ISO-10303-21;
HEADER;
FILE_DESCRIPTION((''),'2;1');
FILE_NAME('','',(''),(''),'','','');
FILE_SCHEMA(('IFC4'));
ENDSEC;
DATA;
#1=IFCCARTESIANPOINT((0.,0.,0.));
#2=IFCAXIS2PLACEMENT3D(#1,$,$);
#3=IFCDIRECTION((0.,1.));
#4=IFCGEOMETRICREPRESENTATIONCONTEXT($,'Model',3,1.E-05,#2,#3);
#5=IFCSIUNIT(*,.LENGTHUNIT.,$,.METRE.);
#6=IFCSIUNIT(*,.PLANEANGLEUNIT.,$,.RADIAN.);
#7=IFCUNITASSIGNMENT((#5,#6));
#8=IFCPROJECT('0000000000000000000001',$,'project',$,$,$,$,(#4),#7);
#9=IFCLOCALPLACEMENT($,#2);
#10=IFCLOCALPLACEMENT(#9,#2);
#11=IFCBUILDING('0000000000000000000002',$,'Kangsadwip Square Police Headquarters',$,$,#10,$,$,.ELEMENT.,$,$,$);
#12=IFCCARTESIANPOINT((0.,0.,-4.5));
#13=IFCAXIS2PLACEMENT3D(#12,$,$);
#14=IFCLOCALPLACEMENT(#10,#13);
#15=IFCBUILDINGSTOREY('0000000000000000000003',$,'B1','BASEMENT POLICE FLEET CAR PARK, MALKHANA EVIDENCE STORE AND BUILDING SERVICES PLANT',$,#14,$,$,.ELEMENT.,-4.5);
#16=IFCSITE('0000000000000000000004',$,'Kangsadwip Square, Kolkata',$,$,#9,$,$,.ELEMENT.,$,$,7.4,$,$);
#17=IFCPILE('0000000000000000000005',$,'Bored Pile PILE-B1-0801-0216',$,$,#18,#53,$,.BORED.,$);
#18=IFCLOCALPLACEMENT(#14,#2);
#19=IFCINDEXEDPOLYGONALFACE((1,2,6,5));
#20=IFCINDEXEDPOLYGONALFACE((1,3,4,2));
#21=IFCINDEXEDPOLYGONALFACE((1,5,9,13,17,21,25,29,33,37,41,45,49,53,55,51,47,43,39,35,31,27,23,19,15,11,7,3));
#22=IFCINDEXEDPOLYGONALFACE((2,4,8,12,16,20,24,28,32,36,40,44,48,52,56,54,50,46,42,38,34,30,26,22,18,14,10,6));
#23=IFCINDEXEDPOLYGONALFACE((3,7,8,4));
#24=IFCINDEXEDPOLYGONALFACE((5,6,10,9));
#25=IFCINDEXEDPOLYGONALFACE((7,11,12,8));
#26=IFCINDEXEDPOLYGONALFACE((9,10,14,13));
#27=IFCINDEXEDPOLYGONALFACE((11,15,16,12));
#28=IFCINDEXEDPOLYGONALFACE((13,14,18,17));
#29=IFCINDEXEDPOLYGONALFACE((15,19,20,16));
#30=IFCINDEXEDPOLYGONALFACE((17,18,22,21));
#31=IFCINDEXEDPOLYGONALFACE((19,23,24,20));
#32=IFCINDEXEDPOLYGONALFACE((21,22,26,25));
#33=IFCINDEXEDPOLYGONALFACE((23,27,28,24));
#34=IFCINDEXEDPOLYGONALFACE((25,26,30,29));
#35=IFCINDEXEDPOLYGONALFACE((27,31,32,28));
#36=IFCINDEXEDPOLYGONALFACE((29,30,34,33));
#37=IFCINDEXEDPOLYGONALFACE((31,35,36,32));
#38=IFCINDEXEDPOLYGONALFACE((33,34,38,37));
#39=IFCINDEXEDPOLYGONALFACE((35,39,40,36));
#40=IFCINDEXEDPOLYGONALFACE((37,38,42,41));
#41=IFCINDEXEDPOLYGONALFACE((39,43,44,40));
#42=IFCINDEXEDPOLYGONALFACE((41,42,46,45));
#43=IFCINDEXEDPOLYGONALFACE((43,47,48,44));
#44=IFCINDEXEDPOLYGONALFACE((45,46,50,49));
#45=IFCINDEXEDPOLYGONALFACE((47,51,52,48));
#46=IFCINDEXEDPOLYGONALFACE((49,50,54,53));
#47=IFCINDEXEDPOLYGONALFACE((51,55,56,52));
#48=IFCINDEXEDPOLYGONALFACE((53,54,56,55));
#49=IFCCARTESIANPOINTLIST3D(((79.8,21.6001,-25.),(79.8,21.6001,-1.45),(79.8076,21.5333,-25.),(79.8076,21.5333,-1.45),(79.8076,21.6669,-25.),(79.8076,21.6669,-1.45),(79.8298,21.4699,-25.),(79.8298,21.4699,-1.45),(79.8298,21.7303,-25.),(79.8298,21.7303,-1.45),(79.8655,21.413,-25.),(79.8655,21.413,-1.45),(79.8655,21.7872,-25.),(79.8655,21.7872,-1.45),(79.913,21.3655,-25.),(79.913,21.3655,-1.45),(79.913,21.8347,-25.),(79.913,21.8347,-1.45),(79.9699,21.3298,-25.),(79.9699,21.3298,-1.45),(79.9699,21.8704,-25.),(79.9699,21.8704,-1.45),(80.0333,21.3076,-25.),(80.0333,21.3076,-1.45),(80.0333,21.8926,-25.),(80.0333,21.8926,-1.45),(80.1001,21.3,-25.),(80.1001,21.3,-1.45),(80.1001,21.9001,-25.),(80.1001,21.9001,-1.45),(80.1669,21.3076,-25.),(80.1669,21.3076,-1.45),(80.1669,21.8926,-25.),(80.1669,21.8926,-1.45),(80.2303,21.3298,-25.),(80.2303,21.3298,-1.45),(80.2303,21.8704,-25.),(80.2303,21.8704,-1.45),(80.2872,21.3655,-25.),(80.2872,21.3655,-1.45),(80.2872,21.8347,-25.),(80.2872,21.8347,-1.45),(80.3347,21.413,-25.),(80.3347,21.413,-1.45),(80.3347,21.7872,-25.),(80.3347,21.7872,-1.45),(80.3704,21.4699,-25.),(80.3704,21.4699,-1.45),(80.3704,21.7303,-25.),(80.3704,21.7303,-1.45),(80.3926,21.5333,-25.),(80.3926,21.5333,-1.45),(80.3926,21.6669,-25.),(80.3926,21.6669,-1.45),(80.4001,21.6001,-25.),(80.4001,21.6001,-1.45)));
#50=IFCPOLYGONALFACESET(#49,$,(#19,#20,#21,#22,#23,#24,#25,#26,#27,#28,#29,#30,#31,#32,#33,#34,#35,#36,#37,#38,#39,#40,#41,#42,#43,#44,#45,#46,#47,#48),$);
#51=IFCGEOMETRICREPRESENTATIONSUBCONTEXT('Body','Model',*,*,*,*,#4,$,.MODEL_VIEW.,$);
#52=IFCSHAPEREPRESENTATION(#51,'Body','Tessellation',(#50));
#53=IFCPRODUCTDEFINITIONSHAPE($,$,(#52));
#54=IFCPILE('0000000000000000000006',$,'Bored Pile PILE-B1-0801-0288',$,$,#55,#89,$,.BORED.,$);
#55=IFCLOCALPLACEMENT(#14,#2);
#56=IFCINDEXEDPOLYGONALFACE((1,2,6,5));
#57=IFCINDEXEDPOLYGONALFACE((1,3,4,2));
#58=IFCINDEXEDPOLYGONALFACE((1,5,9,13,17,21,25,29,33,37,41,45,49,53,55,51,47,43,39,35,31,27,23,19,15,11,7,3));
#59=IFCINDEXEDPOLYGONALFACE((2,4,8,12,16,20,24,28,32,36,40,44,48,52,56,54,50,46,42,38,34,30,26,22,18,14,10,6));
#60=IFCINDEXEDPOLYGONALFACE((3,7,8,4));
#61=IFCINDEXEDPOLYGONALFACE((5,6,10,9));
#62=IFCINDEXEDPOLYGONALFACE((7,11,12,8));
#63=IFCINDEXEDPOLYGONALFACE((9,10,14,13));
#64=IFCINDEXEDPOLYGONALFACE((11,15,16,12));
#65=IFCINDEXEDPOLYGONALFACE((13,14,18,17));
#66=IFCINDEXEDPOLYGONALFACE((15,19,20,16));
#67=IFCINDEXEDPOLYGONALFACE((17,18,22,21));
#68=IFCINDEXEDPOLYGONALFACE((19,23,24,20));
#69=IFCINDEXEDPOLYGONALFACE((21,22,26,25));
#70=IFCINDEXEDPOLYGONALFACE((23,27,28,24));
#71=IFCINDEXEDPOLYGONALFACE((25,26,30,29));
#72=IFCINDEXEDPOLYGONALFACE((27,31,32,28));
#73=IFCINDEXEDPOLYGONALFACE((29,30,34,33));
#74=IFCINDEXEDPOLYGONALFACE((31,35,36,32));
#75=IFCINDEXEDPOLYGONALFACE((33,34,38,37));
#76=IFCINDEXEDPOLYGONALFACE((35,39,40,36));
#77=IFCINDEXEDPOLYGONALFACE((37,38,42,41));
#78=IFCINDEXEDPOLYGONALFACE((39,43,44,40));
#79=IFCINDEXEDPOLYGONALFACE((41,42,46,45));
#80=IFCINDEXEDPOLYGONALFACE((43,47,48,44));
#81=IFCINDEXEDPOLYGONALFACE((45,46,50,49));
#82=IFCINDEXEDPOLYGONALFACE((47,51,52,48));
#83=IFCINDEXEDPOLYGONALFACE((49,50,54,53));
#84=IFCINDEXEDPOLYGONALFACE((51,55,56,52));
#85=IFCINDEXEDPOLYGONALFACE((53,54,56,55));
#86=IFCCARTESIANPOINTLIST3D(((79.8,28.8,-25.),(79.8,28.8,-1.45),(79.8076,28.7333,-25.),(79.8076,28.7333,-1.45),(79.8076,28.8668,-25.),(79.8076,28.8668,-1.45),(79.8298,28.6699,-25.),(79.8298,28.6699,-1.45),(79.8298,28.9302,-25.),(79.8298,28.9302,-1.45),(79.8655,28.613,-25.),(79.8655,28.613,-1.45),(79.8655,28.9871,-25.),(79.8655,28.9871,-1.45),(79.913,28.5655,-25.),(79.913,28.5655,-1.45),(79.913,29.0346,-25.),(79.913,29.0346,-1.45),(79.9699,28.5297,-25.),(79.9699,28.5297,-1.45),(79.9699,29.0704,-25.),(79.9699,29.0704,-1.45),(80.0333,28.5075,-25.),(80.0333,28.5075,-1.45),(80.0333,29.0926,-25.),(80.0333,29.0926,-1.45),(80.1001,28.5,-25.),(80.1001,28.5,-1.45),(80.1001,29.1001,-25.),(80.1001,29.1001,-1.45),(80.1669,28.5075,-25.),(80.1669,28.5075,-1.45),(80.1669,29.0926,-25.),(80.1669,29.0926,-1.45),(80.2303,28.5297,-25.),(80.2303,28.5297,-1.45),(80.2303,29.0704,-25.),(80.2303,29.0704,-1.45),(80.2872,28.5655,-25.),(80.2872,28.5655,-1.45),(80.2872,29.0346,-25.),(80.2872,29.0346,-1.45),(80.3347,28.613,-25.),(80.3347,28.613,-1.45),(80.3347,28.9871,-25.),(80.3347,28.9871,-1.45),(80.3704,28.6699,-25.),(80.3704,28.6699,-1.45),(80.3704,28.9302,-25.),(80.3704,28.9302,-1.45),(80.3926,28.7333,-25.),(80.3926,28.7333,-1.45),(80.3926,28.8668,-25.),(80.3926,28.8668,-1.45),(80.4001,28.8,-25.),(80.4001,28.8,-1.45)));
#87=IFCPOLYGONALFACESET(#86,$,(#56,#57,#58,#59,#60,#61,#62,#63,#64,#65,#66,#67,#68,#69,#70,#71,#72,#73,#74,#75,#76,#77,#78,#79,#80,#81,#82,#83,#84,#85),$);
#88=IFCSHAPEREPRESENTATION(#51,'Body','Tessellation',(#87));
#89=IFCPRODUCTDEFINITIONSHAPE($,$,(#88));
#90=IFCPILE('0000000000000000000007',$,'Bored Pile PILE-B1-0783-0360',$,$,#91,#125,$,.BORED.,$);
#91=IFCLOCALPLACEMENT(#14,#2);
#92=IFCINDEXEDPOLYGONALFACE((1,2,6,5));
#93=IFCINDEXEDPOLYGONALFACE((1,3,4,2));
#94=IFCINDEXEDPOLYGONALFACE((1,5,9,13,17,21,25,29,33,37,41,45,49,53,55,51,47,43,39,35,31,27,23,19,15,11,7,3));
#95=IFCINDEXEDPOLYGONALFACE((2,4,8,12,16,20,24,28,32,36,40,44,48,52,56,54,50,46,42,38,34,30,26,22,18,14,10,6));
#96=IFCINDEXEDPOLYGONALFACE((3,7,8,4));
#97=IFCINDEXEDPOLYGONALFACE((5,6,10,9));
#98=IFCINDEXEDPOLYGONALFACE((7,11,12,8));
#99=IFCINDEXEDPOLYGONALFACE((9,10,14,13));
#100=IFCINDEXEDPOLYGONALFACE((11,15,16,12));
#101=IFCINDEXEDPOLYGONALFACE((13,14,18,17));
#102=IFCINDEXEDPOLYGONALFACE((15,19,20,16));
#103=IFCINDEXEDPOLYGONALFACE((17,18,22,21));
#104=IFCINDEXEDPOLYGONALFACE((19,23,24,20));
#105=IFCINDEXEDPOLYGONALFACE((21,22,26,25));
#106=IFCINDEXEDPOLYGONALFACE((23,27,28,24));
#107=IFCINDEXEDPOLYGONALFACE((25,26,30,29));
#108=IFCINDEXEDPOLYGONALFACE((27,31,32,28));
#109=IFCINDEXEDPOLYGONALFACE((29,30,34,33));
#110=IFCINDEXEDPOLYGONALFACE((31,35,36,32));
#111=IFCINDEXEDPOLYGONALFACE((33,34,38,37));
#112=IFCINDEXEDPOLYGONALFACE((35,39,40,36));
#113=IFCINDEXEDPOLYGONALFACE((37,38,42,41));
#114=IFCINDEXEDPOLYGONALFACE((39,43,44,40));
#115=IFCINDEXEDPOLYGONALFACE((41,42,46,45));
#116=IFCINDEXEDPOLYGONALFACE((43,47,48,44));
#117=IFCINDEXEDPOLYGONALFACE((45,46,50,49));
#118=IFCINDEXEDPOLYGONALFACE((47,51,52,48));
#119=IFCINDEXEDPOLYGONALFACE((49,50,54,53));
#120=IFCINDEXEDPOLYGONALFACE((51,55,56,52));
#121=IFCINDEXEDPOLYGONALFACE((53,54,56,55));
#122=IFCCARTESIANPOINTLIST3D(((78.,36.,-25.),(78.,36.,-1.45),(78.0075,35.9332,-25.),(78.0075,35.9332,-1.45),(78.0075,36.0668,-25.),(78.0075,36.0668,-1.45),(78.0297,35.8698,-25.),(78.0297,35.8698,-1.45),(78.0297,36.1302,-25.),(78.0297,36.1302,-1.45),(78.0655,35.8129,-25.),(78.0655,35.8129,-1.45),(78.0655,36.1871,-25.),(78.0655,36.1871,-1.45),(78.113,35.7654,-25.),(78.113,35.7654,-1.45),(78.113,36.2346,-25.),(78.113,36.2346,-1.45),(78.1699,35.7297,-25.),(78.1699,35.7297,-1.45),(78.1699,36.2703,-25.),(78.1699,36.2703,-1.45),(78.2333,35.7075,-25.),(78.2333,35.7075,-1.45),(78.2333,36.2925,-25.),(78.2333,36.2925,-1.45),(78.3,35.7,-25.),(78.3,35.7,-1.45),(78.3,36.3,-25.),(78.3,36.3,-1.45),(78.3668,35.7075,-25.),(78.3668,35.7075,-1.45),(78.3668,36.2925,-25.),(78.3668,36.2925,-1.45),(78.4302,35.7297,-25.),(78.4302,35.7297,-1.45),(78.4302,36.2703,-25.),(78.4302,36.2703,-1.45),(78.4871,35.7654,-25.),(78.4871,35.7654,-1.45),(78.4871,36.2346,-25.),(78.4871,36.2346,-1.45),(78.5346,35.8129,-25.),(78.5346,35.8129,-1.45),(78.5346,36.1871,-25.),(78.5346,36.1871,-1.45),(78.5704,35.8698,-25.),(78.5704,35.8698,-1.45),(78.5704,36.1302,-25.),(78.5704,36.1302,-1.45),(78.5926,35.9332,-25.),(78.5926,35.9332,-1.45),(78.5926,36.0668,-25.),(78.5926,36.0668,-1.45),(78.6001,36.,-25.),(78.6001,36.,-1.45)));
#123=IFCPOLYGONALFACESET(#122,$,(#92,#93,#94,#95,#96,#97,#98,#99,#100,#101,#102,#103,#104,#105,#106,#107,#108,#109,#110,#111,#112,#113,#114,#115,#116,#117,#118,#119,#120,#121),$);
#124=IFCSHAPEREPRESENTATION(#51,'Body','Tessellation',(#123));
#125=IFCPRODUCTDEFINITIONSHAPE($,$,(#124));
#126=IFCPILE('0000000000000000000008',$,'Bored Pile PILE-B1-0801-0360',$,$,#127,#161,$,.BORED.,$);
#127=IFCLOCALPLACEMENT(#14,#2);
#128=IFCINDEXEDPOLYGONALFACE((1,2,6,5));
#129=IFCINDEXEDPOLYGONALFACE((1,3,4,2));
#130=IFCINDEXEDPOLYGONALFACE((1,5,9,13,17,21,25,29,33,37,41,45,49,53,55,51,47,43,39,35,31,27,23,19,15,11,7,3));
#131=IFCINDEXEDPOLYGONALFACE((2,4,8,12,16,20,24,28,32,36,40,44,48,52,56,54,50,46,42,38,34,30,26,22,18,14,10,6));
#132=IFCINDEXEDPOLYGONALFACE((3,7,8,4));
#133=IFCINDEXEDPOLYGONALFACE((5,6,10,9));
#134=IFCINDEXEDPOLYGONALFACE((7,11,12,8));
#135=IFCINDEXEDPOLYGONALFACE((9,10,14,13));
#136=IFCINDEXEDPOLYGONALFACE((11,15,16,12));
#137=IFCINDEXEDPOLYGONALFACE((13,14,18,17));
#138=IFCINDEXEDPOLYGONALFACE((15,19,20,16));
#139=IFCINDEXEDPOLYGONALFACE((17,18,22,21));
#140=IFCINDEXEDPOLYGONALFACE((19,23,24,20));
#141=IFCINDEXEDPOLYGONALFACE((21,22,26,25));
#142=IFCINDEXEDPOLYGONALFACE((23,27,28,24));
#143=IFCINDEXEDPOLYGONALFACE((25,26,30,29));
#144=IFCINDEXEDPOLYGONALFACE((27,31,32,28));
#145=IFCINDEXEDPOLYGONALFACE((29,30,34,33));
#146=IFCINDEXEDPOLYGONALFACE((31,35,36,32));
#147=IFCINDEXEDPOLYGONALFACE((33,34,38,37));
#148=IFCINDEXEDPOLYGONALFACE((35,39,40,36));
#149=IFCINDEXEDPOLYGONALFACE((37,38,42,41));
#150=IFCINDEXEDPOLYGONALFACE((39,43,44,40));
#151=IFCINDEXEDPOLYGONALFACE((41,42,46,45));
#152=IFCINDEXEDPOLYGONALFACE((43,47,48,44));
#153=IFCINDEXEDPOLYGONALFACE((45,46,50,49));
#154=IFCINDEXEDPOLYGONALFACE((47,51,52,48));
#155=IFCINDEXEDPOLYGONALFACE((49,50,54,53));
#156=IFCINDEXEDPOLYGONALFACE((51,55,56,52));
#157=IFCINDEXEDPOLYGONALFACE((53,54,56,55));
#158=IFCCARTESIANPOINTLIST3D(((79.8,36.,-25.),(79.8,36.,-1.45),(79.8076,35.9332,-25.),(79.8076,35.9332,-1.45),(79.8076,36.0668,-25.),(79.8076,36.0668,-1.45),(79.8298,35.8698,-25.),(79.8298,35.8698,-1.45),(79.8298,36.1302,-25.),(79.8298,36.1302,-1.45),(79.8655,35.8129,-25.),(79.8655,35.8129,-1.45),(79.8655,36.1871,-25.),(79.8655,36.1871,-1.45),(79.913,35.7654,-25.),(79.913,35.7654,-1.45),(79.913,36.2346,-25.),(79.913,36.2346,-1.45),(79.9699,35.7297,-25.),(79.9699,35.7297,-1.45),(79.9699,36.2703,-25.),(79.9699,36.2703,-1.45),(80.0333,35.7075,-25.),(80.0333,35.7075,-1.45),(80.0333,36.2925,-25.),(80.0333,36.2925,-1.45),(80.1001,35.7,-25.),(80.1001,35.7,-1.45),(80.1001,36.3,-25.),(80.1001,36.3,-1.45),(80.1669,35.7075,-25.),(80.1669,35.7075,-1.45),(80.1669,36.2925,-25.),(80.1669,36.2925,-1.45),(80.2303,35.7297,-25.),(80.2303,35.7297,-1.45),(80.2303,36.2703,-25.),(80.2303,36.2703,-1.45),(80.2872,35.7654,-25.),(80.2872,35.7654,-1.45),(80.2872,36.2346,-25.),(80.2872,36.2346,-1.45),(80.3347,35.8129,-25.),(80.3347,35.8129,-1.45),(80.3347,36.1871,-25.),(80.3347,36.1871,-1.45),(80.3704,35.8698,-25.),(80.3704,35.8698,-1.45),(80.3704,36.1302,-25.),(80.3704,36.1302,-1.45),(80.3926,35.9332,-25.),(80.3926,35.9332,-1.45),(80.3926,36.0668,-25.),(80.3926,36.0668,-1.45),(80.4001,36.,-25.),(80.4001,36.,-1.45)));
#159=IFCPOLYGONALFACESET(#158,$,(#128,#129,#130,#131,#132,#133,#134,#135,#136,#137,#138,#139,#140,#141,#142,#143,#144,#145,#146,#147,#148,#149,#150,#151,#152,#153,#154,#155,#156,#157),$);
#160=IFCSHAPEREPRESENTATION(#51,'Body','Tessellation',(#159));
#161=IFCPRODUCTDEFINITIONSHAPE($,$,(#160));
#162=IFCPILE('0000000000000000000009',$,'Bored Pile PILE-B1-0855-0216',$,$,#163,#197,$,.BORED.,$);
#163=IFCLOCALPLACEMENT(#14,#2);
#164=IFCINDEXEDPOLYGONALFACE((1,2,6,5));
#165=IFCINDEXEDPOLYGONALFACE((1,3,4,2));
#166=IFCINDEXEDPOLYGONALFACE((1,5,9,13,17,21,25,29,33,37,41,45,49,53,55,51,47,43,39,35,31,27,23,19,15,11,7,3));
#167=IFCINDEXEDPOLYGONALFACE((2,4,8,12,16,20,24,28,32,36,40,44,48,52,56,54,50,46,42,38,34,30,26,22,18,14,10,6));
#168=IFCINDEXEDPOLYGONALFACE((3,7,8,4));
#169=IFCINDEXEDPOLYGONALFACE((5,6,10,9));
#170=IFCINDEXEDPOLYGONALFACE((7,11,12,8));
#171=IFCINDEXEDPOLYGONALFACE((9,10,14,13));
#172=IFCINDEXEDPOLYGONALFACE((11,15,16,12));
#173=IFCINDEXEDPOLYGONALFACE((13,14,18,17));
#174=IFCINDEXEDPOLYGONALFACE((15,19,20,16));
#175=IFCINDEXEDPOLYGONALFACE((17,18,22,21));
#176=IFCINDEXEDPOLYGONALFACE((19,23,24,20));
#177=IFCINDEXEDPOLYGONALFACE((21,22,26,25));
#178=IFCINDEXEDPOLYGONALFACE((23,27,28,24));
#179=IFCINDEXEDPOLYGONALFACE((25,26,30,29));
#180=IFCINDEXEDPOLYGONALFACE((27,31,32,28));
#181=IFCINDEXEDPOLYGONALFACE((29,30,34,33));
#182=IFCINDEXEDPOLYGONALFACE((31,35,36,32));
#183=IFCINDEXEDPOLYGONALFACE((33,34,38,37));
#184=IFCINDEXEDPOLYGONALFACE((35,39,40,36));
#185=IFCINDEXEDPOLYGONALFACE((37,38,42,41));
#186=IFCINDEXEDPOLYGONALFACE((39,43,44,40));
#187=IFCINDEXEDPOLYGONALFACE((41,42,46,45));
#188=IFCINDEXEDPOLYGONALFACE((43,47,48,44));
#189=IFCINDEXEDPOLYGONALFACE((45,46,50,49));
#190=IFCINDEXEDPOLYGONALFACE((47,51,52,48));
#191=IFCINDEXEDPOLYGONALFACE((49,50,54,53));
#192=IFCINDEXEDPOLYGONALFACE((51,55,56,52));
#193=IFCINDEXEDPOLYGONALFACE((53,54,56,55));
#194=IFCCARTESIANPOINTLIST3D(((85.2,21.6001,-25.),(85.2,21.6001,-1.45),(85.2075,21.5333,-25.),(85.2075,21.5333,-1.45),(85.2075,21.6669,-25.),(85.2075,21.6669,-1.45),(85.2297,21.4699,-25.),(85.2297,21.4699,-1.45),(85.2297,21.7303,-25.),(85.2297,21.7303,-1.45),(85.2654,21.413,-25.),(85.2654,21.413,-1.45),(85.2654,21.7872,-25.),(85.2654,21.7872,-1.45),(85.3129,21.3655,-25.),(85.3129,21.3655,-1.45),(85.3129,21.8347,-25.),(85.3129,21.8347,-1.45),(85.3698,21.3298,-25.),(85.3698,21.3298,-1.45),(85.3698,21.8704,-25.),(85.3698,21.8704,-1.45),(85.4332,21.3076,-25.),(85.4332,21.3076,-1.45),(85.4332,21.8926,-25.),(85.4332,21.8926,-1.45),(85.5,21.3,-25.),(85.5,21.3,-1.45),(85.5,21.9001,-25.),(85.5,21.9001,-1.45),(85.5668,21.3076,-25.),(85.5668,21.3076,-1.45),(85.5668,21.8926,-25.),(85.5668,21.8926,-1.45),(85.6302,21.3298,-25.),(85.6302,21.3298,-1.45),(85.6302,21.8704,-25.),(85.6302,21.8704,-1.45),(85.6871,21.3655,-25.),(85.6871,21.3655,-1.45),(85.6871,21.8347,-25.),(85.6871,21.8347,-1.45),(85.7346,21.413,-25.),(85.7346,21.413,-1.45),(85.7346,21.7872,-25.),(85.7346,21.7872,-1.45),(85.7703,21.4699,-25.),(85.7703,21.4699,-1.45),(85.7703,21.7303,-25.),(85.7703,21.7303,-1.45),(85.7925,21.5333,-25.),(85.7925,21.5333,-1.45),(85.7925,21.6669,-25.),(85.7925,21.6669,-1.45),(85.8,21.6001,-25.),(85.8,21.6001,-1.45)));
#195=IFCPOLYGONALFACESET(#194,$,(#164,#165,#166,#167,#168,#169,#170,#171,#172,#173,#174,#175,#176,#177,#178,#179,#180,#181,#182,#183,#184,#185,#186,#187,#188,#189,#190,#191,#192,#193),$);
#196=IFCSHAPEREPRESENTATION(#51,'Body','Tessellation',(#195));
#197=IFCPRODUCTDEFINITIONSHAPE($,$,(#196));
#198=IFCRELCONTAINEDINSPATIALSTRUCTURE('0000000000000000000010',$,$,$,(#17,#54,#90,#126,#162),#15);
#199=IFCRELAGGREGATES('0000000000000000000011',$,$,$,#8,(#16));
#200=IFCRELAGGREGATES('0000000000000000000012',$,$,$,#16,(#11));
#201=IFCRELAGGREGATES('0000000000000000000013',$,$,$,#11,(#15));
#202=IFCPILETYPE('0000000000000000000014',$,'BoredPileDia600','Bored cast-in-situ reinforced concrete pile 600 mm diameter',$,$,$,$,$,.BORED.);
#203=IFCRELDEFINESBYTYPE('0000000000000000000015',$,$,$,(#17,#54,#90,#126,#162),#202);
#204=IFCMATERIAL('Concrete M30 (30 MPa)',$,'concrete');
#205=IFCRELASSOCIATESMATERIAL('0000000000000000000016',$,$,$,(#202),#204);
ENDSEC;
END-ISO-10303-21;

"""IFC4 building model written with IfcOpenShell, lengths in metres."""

from ifc_helpers import new_model, si_unit, direction, frame, origin, origin_2d, place, context, subcontext, project, spatial, circle, extrude, material, material_profile, profile_set, type_object, element, save


model = new_model("IFC4")

# Units and contexts
model_context = context("Model", 3, precision=1e-05, world=origin(), true_north=direction((0.0, 1.0)))
body_context = subcontext(model_context, "Body", "Model", "MODEL_VIEW")
ifc_project = project(units=[si_unit("LENGTHUNIT", "METRE"), si_unit("PLANEANGLEUNIT", "RADIAN")], contexts=[model_context])

# Site, building, storey
site_placement = place(None, origin())
site = spatial("IfcSite", under=ifc_project, at=site_placement, Name="Kangsadwip Square, Kolkata", CompositionType="ELEMENT", RefElevation=7.4)
building_placement = place(site_placement, origin())
building = spatial("IfcBuilding", under=site, at=building_placement, Name="Kangsadwip Square Police Headquarters", CompositionType="ELEMENT")
storey_placement = place(building_placement, frame((0.0, 0.0, -4.5)))
storey = spatial("IfcBuildingStorey", under=building, at=storey_placement, Name="B1", Description="BASEMENT POLICE FLEET CAR PARK, MALKHANA EVIDENCE STORE AND BUILDING SERVICES PLANT", CompositionType="ELEMENT", Elevation=-4.5)

# Piles
ifc_material_1 = material(Name="Concrete M30 (30 MPa)", Category="concrete")
ifc_material_profile_1 = material_profile(ifc_material_1, circle(Radius=0.3, at=origin_2d()), Name="PILE DIA 600")
ifc_profile_set_1 = profile_set([ifc_material_profile_1], Name="Concrete M30 (30 MPa)")
pile_type = type_object("IfcPileType", Name="BoredPileDia600", Description="Bored cast-in-situ reinforced concrete pile 600 mm diameter", PredefinedType="BORED", material=ifc_profile_set_1)
for number, where, z_axis, x_axis, name in (
    (1, (80.1001, 21.6001, -1.45), (0.0, 0.0, -1.0), (1.0, 0.0, 0.0), "Bored Pile PILE-B1-0801-0216"),
    (2, (80.1001, 28.8, -1.45), (0.0, 0.0, -1.0), (1.0, 0.0, 0.0), "Bored Pile PILE-B1-0801-0288"),
    (3, (78.3, 36.0, -1.45), (0.0, 0.0, -1.0), (1.0, 0.0, 0.0), "Bored Pile PILE-B1-0783-0360"),
    (4, (80.1001, 36.0, -1.45), (0.0, 0.0, -1.0), (1.0, 0.0, 0.0), "Bored Pile PILE-B1-0801-0360"),
    (5, (85.5, 21.6001, -1.45), (0.0, 0.0, -1.0), (1.0, 0.0, 0.0), "Bored Pile PILE-B1-0855-0216"),
):
    element("IfcPile", number, at=place(storey_placement, frame(where, z_axis=z_axis, x_axis=x_axis)), inside=storey, type_object=pile_type, Name=name, PredefinedType="BORED", context=body_context, shape_type="SweptSolid", body=[
        extrude(circle(Radius=0.3, at=origin_2d()), origin(), (0.0, 0.0, 1.0), 23.55),
    ])

save(model, "model.ifc")
